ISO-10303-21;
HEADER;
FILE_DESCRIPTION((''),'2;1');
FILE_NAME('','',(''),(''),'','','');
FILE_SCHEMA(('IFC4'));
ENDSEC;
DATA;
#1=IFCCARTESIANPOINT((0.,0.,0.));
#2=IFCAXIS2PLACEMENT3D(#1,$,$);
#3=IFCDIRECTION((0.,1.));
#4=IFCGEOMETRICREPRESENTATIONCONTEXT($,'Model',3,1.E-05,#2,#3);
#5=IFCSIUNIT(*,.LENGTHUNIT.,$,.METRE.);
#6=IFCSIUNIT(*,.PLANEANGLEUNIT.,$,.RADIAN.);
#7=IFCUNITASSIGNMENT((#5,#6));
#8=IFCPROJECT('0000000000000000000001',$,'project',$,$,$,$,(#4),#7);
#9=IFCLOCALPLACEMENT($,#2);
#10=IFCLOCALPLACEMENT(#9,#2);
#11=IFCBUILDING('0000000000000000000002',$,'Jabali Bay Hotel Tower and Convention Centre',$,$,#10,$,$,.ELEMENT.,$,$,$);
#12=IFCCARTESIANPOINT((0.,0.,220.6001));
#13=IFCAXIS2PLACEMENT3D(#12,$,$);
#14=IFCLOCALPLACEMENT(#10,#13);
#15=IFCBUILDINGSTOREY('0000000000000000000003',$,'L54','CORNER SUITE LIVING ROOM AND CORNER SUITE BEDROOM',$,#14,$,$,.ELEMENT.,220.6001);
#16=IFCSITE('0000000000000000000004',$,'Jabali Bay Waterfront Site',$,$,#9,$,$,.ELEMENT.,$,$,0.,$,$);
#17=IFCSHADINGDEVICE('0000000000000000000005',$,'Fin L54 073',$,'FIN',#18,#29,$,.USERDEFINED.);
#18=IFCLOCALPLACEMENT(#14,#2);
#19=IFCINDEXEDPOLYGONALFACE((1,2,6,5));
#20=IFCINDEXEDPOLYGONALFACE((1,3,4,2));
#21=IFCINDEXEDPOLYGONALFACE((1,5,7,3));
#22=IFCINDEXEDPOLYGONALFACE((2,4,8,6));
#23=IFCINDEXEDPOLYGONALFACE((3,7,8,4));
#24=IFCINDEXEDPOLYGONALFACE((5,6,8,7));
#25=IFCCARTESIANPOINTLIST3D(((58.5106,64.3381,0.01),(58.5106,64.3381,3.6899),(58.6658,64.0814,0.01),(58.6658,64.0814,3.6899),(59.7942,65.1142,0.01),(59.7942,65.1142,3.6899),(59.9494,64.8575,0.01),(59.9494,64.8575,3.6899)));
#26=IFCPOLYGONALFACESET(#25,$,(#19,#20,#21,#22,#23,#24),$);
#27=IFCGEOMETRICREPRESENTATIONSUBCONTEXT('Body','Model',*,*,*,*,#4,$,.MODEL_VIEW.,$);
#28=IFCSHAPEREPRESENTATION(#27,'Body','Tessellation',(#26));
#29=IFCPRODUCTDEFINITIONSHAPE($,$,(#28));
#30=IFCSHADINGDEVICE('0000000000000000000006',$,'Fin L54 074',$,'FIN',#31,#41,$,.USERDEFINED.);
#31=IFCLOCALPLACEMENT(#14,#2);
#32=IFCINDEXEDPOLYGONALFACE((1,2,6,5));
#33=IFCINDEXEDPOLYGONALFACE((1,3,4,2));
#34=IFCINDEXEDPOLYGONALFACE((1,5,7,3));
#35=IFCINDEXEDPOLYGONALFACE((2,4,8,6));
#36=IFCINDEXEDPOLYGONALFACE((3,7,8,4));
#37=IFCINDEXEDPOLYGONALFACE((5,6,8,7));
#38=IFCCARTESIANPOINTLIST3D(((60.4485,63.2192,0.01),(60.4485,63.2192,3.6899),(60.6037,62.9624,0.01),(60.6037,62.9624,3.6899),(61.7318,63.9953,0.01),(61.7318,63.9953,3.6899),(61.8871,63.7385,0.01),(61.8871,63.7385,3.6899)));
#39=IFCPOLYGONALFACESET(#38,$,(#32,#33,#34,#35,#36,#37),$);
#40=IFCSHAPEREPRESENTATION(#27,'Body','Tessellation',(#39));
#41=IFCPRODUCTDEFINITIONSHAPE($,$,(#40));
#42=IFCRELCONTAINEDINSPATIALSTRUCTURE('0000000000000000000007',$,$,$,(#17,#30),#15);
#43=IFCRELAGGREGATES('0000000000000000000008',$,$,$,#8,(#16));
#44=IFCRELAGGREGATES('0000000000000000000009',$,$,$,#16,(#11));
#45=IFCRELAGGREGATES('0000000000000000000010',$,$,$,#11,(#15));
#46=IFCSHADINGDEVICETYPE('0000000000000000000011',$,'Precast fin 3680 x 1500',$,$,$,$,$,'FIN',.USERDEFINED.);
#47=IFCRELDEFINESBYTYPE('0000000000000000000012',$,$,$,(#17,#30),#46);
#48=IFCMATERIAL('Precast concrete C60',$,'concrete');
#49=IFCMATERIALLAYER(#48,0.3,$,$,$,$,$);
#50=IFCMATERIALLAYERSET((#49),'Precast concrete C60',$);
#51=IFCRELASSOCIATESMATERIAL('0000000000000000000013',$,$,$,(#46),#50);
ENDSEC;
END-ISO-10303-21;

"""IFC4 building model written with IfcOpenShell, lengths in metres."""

from ifc_helpers import new_model, si_unit, direction, frame, frame_2d, origin, place, context, subcontext, project, spatial, rectangle, extrude, material, layer, layer_set, type_object, element, save


model = new_model("IFC4")

# Units and contexts
model_context = context("Model", 3, precision=1e-05, world=origin(), true_north=direction((0.0, 1.0)))
body_context = subcontext(model_context, "Body", "Model", "MODEL_VIEW")
ifc_project = project(units=[si_unit("LENGTHUNIT", "METRE"), si_unit("PLANEANGLEUNIT", "RADIAN")], contexts=[model_context])

# Site, building, storey
site_placement = place(None, origin())
site = spatial("IfcSite", under=ifc_project, at=site_placement, Name="Jabali Bay Waterfront Site", CompositionType="ELEMENT", RefElevation=0.0)
building_placement = place(site_placement, origin())
building = spatial("IfcBuilding", under=site, at=building_placement, Name="Jabali Bay Hotel Tower and Convention Centre", CompositionType="ELEMENT")
storey_placement = place(building_placement, frame((0.0, 0.0, 220.6001)))
storey = spatial("IfcBuildingStorey", under=building, at=storey_placement, Name="L54", Description="CORNER SUITE LIVING ROOM AND CORNER SUITE BEDROOM", CompositionType="ELEMENT", Elevation=220.6001)

# Shading devices
ifc_material_1 = material(Name="Precast concrete C60", Category="concrete")
ifc_layer_1 = layer(ifc_material_1, 0.3)
ifc_layer_set_1 = layer_set([ifc_layer_1], Name="Precast concrete C60")
shading_device_type = type_object("IfcShadingDeviceType", Name="Precast fin 3680 x 1500", ElementType="FIN", PredefinedType="USERDEFINED", material=ifc_layer_set_1)
shading_device_1_placement = place(storey_placement, frame((59.8718, 64.9858, 0.01), z_axis=(0.0, 0.0, 1.0), x_axis=(-0.85575, -0.517389, 0.0)))
element("IfcShadingDevice", 1, at=shading_device_1_placement, inside=storey, type_object=shading_device_type, Name="Fin L54 073", ObjectType="FIN", PredefinedType="USERDEFINED", context=body_context, shape_type="SweptSolid", body=[
    extrude(rectangle(XDim=1.5, YDim=0.3, at=frame_2d((0.75, 0.0))), origin(), (0.0, 0.0, 1.0), 3.6799),
])
shading_device_2_placement = place(storey_placement, frame((61.8096, 63.8669, 0.01), z_axis=(0.0, 0.0, 1.0), x_axis=(-0.855707, -0.517461, 0.0)))
element("IfcShadingDevice", 2, at=shading_device_2_placement, inside=storey, type_object=shading_device_type, Name="Fin L54 074", ObjectType="FIN", PredefinedType="USERDEFINED", context=body_context, shape_type="SweptSolid", body=[
    extrude(rectangle(XDim=1.4998, YDim=0.3, at=frame_2d((0.75, 0.0))), origin(), (0.0, 0.0, 1.0), 3.6799),
])

save(model, "model.ifc")
